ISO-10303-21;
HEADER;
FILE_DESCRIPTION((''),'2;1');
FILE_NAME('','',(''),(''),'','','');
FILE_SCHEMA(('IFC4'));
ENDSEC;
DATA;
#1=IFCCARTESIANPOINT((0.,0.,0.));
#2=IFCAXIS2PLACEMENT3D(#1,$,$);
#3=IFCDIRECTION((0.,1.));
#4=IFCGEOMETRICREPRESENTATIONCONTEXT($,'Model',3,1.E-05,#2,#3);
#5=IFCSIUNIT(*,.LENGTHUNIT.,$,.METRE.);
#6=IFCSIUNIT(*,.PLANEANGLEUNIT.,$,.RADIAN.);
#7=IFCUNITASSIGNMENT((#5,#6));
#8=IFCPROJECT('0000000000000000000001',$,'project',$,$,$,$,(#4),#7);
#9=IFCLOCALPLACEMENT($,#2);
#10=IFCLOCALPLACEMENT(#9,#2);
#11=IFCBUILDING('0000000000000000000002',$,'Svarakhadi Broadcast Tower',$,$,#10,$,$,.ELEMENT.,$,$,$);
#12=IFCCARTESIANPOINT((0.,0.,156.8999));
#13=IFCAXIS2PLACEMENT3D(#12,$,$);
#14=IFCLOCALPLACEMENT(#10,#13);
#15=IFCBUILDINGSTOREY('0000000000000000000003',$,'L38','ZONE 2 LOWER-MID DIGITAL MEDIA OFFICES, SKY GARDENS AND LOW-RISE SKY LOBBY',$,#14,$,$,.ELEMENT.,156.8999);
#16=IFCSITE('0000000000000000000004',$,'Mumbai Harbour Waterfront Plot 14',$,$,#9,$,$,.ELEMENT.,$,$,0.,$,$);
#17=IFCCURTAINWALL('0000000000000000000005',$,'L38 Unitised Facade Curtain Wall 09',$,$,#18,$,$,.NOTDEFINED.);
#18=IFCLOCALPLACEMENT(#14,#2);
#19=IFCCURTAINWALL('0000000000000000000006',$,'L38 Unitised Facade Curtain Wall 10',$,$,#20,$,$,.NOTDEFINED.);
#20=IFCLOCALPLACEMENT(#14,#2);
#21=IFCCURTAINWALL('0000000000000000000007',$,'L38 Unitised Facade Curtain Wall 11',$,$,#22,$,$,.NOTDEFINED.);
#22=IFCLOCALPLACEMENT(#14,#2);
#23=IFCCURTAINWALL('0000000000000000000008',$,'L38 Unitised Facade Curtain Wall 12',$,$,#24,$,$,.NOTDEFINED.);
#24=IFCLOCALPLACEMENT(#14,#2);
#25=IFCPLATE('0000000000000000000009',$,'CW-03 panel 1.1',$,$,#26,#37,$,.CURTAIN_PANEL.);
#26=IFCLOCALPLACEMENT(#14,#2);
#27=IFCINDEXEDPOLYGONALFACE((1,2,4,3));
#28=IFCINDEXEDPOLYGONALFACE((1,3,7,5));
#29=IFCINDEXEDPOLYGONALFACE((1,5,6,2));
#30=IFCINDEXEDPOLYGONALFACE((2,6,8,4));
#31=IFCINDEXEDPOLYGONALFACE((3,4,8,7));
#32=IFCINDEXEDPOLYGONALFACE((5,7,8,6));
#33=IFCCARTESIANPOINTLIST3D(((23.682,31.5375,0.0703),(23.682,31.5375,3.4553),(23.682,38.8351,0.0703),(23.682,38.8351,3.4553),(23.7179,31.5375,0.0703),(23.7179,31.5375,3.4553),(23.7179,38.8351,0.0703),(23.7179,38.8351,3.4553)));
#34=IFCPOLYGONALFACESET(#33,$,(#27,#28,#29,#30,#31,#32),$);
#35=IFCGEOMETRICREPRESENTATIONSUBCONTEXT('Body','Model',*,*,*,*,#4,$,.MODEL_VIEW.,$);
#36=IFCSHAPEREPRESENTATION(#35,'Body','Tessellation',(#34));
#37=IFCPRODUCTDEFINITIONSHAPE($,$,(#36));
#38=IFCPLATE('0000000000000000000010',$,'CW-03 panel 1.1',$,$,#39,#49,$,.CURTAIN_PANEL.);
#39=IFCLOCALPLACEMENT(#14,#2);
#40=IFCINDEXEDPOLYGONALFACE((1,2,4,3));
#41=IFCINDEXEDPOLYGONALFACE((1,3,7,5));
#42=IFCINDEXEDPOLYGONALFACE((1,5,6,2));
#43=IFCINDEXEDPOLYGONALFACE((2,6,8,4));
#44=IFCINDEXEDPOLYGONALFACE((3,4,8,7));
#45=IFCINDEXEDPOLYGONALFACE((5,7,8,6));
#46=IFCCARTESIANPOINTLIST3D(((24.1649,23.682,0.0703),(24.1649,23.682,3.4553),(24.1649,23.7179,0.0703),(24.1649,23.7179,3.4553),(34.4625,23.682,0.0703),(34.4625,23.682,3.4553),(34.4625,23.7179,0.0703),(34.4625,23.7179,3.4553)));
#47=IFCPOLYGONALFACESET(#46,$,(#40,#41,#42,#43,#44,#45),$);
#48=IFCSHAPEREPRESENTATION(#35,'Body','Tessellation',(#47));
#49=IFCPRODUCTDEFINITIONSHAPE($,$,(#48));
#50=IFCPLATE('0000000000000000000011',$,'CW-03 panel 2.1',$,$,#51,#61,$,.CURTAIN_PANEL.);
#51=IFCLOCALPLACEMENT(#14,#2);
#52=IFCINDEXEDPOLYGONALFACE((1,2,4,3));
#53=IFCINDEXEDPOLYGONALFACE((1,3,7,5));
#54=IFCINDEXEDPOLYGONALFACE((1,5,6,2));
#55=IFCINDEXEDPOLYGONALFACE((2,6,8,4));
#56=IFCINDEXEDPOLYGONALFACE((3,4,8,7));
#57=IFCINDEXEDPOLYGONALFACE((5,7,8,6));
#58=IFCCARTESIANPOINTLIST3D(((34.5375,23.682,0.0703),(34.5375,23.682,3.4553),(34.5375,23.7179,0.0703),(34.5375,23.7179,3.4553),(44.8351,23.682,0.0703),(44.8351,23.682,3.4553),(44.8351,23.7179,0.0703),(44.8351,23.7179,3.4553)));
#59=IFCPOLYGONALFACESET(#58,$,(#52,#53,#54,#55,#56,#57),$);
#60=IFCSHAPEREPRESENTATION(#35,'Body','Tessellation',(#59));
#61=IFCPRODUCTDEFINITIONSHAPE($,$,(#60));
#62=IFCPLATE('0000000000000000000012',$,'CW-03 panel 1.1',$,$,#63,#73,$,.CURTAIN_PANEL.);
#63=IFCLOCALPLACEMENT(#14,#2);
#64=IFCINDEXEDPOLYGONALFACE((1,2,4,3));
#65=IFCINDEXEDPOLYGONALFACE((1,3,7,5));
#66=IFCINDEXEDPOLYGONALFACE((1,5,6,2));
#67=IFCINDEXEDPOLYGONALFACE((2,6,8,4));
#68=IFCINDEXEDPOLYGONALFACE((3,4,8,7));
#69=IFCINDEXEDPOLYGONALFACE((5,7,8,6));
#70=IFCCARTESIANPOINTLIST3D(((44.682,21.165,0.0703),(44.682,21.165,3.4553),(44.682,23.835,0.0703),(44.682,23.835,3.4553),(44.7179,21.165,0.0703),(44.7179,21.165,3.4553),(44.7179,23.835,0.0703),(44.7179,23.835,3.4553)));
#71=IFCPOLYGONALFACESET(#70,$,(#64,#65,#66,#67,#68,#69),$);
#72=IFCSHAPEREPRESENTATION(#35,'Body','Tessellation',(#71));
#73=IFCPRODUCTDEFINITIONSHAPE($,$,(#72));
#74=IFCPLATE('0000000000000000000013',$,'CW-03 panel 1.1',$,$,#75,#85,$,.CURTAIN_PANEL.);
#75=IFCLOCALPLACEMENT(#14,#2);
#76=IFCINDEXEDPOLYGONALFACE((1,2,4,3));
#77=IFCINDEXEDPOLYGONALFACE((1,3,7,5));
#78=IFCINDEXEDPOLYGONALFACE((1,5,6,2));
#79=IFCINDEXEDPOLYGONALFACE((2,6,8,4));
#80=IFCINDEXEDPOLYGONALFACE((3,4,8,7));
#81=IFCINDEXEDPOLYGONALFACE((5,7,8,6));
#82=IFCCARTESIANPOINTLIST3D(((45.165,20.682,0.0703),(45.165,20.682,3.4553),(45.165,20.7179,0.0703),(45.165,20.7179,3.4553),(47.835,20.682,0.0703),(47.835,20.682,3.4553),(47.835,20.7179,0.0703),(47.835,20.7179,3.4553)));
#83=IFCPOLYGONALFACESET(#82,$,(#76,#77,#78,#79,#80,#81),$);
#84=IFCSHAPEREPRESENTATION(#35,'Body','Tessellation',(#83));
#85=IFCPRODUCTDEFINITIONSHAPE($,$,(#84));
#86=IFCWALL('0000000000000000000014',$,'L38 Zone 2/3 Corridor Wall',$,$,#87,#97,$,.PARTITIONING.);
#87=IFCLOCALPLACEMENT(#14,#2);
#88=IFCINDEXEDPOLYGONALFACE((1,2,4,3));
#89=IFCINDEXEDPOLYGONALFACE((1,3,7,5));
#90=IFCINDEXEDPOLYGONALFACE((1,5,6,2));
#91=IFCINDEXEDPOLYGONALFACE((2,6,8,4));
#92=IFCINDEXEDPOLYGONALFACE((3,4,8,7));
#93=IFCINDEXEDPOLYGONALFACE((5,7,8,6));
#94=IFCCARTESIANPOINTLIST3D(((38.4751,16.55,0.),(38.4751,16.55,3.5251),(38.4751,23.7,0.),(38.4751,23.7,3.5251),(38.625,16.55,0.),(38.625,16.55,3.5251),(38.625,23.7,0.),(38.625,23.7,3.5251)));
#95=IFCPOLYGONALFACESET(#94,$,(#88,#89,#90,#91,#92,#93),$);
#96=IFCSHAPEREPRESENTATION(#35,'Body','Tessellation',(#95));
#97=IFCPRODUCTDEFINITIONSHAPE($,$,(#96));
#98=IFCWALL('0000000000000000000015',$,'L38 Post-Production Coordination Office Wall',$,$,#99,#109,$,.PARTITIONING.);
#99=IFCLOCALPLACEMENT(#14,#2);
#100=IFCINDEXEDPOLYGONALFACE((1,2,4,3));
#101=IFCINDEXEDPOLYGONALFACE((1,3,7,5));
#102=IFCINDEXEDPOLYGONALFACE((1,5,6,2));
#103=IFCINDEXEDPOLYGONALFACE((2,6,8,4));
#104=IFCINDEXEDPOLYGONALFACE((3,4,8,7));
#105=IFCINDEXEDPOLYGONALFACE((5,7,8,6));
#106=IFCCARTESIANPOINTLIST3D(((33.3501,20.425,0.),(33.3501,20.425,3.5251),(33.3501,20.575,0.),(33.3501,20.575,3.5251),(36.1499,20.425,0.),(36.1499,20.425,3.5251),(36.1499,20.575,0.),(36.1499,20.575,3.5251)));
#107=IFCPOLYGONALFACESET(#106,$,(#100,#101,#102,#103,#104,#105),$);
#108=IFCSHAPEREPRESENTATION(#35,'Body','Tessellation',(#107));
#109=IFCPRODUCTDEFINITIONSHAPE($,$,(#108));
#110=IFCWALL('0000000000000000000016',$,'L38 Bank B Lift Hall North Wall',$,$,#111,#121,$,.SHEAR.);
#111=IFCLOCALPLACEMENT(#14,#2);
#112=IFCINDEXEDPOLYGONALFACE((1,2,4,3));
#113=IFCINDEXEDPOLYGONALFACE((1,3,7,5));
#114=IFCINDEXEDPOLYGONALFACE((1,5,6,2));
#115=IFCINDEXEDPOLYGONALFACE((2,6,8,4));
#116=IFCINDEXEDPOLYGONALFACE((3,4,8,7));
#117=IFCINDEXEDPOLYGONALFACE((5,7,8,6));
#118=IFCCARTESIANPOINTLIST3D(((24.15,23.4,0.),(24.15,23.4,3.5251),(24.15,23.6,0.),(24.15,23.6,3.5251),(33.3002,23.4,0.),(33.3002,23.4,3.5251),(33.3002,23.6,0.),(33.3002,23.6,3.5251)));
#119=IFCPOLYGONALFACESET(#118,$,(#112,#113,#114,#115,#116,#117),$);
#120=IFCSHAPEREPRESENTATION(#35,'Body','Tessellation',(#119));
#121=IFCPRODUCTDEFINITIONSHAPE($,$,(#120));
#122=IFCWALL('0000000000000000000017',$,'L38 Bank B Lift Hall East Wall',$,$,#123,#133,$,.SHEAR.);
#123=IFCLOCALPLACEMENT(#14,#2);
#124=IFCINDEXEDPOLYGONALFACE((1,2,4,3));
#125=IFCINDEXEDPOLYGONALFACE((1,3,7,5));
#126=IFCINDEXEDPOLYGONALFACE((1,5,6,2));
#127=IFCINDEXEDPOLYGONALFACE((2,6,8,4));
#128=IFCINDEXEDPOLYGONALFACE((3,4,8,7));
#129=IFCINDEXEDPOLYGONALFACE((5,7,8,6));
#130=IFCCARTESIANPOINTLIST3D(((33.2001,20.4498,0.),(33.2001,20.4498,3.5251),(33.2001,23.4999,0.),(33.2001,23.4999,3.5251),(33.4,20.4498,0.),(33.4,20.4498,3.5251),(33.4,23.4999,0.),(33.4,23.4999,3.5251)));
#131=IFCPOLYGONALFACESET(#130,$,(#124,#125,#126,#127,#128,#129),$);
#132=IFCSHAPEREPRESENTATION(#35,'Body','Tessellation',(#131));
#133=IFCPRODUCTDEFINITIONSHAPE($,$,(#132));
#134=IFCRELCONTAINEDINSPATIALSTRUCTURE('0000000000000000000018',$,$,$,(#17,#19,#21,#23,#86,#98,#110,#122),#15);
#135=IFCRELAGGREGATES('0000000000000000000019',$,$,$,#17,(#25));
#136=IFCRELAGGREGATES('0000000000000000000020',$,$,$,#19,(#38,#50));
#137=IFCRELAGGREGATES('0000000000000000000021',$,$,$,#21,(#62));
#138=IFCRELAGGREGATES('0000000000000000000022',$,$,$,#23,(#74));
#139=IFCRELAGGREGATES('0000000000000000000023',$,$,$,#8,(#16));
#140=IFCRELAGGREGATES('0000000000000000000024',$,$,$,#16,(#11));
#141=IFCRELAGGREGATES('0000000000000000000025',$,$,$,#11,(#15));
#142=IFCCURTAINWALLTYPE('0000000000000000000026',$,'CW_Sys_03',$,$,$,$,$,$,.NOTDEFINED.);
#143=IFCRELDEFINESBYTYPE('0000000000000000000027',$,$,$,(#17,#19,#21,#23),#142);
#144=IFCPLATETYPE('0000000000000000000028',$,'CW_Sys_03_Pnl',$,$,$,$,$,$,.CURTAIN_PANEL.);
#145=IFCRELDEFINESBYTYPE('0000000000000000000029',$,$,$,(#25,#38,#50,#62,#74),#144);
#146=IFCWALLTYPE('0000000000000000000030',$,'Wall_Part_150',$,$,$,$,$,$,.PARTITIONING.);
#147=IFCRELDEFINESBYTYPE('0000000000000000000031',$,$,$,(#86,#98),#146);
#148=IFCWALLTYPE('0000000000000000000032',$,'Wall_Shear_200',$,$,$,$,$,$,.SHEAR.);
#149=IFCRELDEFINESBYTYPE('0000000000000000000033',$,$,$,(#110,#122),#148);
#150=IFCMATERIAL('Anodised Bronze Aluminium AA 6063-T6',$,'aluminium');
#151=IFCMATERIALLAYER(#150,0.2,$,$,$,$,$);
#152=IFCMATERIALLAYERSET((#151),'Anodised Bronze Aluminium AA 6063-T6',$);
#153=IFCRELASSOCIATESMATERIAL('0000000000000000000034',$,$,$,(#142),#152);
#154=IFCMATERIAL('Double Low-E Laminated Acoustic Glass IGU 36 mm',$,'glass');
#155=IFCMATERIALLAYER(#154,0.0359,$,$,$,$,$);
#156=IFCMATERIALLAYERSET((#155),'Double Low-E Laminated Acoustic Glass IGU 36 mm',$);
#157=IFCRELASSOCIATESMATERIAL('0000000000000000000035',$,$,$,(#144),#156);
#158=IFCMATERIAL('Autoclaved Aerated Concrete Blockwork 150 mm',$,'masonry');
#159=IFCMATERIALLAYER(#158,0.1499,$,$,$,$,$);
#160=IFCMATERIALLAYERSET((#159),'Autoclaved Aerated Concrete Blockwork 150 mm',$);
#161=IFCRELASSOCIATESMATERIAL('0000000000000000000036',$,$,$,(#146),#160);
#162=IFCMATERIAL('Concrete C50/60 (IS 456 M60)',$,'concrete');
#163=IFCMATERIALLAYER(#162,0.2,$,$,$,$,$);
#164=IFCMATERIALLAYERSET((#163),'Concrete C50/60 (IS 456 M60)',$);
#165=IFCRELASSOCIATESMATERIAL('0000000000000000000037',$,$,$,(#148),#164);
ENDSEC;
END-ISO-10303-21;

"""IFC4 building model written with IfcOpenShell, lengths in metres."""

from ifc_helpers import new_model, si_unit, direction, frame, frame_2d, origin, origin_2d, place, context, subcontext, project, spatial, rectangle, extrude, material, layer, layer_set, type_object, element, aggregate, save


model = new_model("IFC4")

# Units and contexts
model_context = context("Model", 3, precision=1e-05, world=origin(), true_north=direction((0.0, 1.0)))
body_context = subcontext(model_context, "Body", "Model", "MODEL_VIEW")
ifc_project = project(units=[si_unit("LENGTHUNIT", "METRE"), si_unit("PLANEANGLEUNIT", "RADIAN")], contexts=[model_context])

# Site, building, storey
site_placement = place(None, origin())
site = spatial("IfcSite", under=ifc_project, at=site_placement, Name="Mumbai Harbour Waterfront Plot 14", CompositionType="ELEMENT", RefElevation=0.0)
building_placement = place(site_placement, origin())
building = spatial("IfcBuilding", under=site, at=building_placement, Name="Svarakhadi Broadcast Tower", CompositionType="ELEMENT")
storey_placement = place(building_placement, frame((0.0, 0.0, 156.8999)))
storey = spatial("IfcBuildingStorey", under=building, at=storey_placement, Name="L38", Description="ZONE 2 LOWER-MID DIGITAL MEDIA OFFICES, SKY GARDENS AND LOW-RISE SKY LOBBY", CompositionType="ELEMENT", Elevation=156.8999)

# Curtain wall
ifc_material_1 = material(Name="Anodised Bronze Aluminium AA 6063-T6", Category="aluminium")
ifc_layer_1 = layer(ifc_material_1, 0.2)
ifc_layer_set_1 = layer_set([ifc_layer_1], Name="Anodised Bronze Aluminium AA 6063-T6")
curtain_wall_type = type_object("IfcCurtainWallType", Name="CW_Sys_03", PredefinedType="NOTDEFINED", material=ifc_layer_set_1)
curtain_wall_1_placement = place(storey_placement, origin())
curtain_wall_1 = element("IfcCurtainWall", 1, at=curtain_wall_1_placement, inside=storey, type_object=curtain_wall_type, Name="L38 Unitised Facade Curtain Wall 09", PredefinedType="NOTDEFINED")

# Curtain walls
curtain_wall_2_placement = place(storey_placement, origin())
curtain_wall_2 = element("IfcCurtainWall", 2, at=curtain_wall_2_placement, inside=storey, type_object=curtain_wall_type, Name="L38 Unitised Facade Curtain Wall 10", PredefinedType="NOTDEFINED")
curtain_wall_3_placement = place(storey_placement, origin())
curtain_wall_3 = element("IfcCurtainWall", 3, at=curtain_wall_3_placement, inside=storey, type_object=curtain_wall_type, Name="L38 Unitised Facade Curtain Wall 11", PredefinedType="NOTDEFINED")
curtain_wall_4_placement = place(storey_placement, origin())
curtain_wall_4 = element("IfcCurtainWall", 4, at=curtain_wall_4_placement, inside=storey, type_object=curtain_wall_type, Name="L38 Unitised Facade Curtain Wall 12", PredefinedType="NOTDEFINED")

# Plates
ifc_material_2 = material(Name="Double Low-E Laminated Acoustic Glass IGU 36 mm", Category="glass")
ifc_layer_2 = layer(ifc_material_2, 0.0359)
ifc_layer_set_2 = layer_set([ifc_layer_2], Name="Double Low-E Laminated Acoustic Glass IGU 36 mm")
plate_type = type_object("IfcPlateType", Name="CW_Sys_03_Pnl", PredefinedType="CURTAIN_PANEL", material=ifc_layer_set_2)
plate_1_placement = place(storey_placement, frame((23.7, 35.1863, 0.0703), z_axis=(0.0, 0.0, 1.0), x_axis=(0.0, -1.0, 0.0)))
plate_1 = element("IfcPlate", 5, at=plate_1_placement, type_object=plate_type, Name="CW-03 panel 1.1", PredefinedType="CURTAIN_PANEL", context=body_context, shape_type="SweptSolid", body=[
    extrude(rectangle(XDim=7.2976, YDim=0.0359, at=origin_2d()), origin(), (0.0, 0.0, 1.0), 3.385),
])
aggregate(curtain_wall_1, [plate_1])
plate_2_placement = place(storey_placement, frame((29.3137, 23.7, 0.0703), z_axis=(0.0, 0.0, 1.0), x_axis=(1.0, 0.0, 0.0)))
plate_2 = element("IfcPlate", 6, at=plate_2_placement, type_object=plate_type, Name="CW-03 panel 1.1", PredefinedType="CURTAIN_PANEL", context=body_context, shape_type="SweptSolid", body=[
    extrude(rectangle(XDim=10.2976, YDim=0.0359, at=origin_2d()), origin(), (0.0, 0.0, 1.0), 3.385),
])
plate_3_placement = place(storey_placement, frame((39.6863, 23.7, 0.0703), z_axis=(0.0, 0.0, 1.0), x_axis=(1.0, 0.0, 0.0)))
plate_3 = element("IfcPlate", 7, at=plate_3_placement, type_object=plate_type, Name="CW-03 panel 2.1", PredefinedType="CURTAIN_PANEL", context=body_context, shape_type="SweptSolid", body=[
    extrude(rectangle(XDim=10.2976, YDim=0.0359, at=origin_2d()), origin(), (0.0, 0.0, 1.0), 3.385),
])
aggregate(curtain_wall_2, [plate_2, plate_3])
plate_4_placement = place(storey_placement, frame((44.7, 22.5, 0.0703), z_axis=(0.0, 0.0, 1.0), x_axis=(0.0, -1.0, 0.0)))
plate_4 = element("IfcPlate", 8, at=plate_4_placement, type_object=plate_type, Name="CW-03 panel 1.1", PredefinedType="CURTAIN_PANEL", context=body_context, shape_type="SweptSolid", body=[
    extrude(rectangle(XDim=2.6699, YDim=0.0359, at=origin_2d()), origin(), (0.0, 0.0, 1.0), 3.385),
])
aggregate(curtain_wall_3, [plate_4])
plate_5_placement = place(storey_placement, frame((46.5, 20.7, 0.0703), z_axis=(0.0, 0.0, 1.0), x_axis=(1.0, 0.0, 0.0)))
plate_5 = element("IfcPlate", 9, at=plate_5_placement, type_object=plate_type, Name="CW-03 panel 1.1", PredefinedType="CURTAIN_PANEL", context=body_context, shape_type="SweptSolid", body=[
    extrude(rectangle(XDim=2.6699, YDim=0.0359, at=origin_2d()), origin(), (0.0, 0.0, 1.0), 3.385),
])
aggregate(curtain_wall_4, [plate_5])

# Walls
ifc_material_3 = material(Name="Autoclaved Aerated Concrete Blockwork 150 mm", Category="masonry")
ifc_layer_3 = layer(ifc_material_3, 0.1499)
ifc_layer_set_3 = layer_set([ifc_layer_3], Name="Autoclaved Aerated Concrete Blockwork 150 mm")
wall_type_1 = type_object("IfcWallType", Name="Wall_Part_150", PredefinedType="PARTITIONING", material=ifc_layer_set_3)
wall_1_placement = place(storey_placement, frame((38.55, 23.7, 0.0), z_axis=(0.0, 0.0, 1.0), x_axis=(0.0, -1.0, 0.0)))
element("IfcWall", 10, at=wall_1_placement, inside=storey, type_object=wall_type_1, Name="L38 Zone 2/3 Corridor Wall", PredefinedType="PARTITIONING", context=body_context, shape_type="SweptSolid", body=[
    extrude(rectangle(XDim=7.1499, YDim=0.1499, at=frame_2d((3.575, 0.0))), origin(), (0.0, 0.0, 1.0), 3.5251),
])
wall_2_placement = place(storey_placement, frame((33.3501, 20.5, 0.0), z_axis=(0.0, 0.0, 1.0), x_axis=(1.0, 0.0, 0.0)))
element("IfcWall", 11, at=wall_2_placement, inside=storey, type_object=wall_type_1, Name="L38 Post-Production Coordination Office Wall", PredefinedType="PARTITIONING", context=body_context, shape_type="SweptSolid", body=[
    extrude(rectangle(XDim=2.7998, YDim=0.1499, at=frame_2d((1.3999, 0.0))), origin(), (0.0, 0.0, 1.0), 3.5251),
])
ifc_material_4 = material(Name="Concrete C50/60 (IS 456 M60)", Category="concrete")
ifc_layer_4 = layer(ifc_material_4, 0.2)
ifc_layer_set_4 = layer_set([ifc_layer_4], Name="Concrete C50/60 (IS 456 M60)")
wall_type_2 = type_object("IfcWallType", Name="Wall_Shear_200", PredefinedType="SHEAR", material=ifc_layer_set_4)
wall_3_placement = place(storey_placement, frame((24.1499, 23.5, 0.0), z_axis=(0.0, 0.0, 1.0), x_axis=(1.0, 0.0, 0.0)))
element("IfcWall", 12, at=wall_3_placement, inside=storey, type_object=wall_type_2, Name="L38 Bank B Lift Hall North Wall", PredefinedType="SHEAR", context=body_context, shape_type="SweptSolid", body=[
    extrude(rectangle(XDim=9.1501, YDim=0.2, at=frame_2d((4.5752, 0.0))), origin(), (0.0, 0.0, 1.0), 3.5251),
])
wall_4_placement = place(storey_placement, frame((33.3, 20.45, 0.0), z_axis=(0.0, 0.0, 1.0), x_axis=(0.0, 1.0, 0.0)))
element("IfcWall", 13, at=wall_4_placement, inside=storey, type_object=wall_type_2, Name="L38 Bank B Lift Hall East Wall", PredefinedType="SHEAR", context=body_context, shape_type="SweptSolid", body=[
    extrude(rectangle(XDim=3.05, YDim=0.2, at=frame_2d((1.5249, 0.0))), origin(), (0.0, 0.0, 1.0), 3.5251),
])

save(model, "model.ifc")
